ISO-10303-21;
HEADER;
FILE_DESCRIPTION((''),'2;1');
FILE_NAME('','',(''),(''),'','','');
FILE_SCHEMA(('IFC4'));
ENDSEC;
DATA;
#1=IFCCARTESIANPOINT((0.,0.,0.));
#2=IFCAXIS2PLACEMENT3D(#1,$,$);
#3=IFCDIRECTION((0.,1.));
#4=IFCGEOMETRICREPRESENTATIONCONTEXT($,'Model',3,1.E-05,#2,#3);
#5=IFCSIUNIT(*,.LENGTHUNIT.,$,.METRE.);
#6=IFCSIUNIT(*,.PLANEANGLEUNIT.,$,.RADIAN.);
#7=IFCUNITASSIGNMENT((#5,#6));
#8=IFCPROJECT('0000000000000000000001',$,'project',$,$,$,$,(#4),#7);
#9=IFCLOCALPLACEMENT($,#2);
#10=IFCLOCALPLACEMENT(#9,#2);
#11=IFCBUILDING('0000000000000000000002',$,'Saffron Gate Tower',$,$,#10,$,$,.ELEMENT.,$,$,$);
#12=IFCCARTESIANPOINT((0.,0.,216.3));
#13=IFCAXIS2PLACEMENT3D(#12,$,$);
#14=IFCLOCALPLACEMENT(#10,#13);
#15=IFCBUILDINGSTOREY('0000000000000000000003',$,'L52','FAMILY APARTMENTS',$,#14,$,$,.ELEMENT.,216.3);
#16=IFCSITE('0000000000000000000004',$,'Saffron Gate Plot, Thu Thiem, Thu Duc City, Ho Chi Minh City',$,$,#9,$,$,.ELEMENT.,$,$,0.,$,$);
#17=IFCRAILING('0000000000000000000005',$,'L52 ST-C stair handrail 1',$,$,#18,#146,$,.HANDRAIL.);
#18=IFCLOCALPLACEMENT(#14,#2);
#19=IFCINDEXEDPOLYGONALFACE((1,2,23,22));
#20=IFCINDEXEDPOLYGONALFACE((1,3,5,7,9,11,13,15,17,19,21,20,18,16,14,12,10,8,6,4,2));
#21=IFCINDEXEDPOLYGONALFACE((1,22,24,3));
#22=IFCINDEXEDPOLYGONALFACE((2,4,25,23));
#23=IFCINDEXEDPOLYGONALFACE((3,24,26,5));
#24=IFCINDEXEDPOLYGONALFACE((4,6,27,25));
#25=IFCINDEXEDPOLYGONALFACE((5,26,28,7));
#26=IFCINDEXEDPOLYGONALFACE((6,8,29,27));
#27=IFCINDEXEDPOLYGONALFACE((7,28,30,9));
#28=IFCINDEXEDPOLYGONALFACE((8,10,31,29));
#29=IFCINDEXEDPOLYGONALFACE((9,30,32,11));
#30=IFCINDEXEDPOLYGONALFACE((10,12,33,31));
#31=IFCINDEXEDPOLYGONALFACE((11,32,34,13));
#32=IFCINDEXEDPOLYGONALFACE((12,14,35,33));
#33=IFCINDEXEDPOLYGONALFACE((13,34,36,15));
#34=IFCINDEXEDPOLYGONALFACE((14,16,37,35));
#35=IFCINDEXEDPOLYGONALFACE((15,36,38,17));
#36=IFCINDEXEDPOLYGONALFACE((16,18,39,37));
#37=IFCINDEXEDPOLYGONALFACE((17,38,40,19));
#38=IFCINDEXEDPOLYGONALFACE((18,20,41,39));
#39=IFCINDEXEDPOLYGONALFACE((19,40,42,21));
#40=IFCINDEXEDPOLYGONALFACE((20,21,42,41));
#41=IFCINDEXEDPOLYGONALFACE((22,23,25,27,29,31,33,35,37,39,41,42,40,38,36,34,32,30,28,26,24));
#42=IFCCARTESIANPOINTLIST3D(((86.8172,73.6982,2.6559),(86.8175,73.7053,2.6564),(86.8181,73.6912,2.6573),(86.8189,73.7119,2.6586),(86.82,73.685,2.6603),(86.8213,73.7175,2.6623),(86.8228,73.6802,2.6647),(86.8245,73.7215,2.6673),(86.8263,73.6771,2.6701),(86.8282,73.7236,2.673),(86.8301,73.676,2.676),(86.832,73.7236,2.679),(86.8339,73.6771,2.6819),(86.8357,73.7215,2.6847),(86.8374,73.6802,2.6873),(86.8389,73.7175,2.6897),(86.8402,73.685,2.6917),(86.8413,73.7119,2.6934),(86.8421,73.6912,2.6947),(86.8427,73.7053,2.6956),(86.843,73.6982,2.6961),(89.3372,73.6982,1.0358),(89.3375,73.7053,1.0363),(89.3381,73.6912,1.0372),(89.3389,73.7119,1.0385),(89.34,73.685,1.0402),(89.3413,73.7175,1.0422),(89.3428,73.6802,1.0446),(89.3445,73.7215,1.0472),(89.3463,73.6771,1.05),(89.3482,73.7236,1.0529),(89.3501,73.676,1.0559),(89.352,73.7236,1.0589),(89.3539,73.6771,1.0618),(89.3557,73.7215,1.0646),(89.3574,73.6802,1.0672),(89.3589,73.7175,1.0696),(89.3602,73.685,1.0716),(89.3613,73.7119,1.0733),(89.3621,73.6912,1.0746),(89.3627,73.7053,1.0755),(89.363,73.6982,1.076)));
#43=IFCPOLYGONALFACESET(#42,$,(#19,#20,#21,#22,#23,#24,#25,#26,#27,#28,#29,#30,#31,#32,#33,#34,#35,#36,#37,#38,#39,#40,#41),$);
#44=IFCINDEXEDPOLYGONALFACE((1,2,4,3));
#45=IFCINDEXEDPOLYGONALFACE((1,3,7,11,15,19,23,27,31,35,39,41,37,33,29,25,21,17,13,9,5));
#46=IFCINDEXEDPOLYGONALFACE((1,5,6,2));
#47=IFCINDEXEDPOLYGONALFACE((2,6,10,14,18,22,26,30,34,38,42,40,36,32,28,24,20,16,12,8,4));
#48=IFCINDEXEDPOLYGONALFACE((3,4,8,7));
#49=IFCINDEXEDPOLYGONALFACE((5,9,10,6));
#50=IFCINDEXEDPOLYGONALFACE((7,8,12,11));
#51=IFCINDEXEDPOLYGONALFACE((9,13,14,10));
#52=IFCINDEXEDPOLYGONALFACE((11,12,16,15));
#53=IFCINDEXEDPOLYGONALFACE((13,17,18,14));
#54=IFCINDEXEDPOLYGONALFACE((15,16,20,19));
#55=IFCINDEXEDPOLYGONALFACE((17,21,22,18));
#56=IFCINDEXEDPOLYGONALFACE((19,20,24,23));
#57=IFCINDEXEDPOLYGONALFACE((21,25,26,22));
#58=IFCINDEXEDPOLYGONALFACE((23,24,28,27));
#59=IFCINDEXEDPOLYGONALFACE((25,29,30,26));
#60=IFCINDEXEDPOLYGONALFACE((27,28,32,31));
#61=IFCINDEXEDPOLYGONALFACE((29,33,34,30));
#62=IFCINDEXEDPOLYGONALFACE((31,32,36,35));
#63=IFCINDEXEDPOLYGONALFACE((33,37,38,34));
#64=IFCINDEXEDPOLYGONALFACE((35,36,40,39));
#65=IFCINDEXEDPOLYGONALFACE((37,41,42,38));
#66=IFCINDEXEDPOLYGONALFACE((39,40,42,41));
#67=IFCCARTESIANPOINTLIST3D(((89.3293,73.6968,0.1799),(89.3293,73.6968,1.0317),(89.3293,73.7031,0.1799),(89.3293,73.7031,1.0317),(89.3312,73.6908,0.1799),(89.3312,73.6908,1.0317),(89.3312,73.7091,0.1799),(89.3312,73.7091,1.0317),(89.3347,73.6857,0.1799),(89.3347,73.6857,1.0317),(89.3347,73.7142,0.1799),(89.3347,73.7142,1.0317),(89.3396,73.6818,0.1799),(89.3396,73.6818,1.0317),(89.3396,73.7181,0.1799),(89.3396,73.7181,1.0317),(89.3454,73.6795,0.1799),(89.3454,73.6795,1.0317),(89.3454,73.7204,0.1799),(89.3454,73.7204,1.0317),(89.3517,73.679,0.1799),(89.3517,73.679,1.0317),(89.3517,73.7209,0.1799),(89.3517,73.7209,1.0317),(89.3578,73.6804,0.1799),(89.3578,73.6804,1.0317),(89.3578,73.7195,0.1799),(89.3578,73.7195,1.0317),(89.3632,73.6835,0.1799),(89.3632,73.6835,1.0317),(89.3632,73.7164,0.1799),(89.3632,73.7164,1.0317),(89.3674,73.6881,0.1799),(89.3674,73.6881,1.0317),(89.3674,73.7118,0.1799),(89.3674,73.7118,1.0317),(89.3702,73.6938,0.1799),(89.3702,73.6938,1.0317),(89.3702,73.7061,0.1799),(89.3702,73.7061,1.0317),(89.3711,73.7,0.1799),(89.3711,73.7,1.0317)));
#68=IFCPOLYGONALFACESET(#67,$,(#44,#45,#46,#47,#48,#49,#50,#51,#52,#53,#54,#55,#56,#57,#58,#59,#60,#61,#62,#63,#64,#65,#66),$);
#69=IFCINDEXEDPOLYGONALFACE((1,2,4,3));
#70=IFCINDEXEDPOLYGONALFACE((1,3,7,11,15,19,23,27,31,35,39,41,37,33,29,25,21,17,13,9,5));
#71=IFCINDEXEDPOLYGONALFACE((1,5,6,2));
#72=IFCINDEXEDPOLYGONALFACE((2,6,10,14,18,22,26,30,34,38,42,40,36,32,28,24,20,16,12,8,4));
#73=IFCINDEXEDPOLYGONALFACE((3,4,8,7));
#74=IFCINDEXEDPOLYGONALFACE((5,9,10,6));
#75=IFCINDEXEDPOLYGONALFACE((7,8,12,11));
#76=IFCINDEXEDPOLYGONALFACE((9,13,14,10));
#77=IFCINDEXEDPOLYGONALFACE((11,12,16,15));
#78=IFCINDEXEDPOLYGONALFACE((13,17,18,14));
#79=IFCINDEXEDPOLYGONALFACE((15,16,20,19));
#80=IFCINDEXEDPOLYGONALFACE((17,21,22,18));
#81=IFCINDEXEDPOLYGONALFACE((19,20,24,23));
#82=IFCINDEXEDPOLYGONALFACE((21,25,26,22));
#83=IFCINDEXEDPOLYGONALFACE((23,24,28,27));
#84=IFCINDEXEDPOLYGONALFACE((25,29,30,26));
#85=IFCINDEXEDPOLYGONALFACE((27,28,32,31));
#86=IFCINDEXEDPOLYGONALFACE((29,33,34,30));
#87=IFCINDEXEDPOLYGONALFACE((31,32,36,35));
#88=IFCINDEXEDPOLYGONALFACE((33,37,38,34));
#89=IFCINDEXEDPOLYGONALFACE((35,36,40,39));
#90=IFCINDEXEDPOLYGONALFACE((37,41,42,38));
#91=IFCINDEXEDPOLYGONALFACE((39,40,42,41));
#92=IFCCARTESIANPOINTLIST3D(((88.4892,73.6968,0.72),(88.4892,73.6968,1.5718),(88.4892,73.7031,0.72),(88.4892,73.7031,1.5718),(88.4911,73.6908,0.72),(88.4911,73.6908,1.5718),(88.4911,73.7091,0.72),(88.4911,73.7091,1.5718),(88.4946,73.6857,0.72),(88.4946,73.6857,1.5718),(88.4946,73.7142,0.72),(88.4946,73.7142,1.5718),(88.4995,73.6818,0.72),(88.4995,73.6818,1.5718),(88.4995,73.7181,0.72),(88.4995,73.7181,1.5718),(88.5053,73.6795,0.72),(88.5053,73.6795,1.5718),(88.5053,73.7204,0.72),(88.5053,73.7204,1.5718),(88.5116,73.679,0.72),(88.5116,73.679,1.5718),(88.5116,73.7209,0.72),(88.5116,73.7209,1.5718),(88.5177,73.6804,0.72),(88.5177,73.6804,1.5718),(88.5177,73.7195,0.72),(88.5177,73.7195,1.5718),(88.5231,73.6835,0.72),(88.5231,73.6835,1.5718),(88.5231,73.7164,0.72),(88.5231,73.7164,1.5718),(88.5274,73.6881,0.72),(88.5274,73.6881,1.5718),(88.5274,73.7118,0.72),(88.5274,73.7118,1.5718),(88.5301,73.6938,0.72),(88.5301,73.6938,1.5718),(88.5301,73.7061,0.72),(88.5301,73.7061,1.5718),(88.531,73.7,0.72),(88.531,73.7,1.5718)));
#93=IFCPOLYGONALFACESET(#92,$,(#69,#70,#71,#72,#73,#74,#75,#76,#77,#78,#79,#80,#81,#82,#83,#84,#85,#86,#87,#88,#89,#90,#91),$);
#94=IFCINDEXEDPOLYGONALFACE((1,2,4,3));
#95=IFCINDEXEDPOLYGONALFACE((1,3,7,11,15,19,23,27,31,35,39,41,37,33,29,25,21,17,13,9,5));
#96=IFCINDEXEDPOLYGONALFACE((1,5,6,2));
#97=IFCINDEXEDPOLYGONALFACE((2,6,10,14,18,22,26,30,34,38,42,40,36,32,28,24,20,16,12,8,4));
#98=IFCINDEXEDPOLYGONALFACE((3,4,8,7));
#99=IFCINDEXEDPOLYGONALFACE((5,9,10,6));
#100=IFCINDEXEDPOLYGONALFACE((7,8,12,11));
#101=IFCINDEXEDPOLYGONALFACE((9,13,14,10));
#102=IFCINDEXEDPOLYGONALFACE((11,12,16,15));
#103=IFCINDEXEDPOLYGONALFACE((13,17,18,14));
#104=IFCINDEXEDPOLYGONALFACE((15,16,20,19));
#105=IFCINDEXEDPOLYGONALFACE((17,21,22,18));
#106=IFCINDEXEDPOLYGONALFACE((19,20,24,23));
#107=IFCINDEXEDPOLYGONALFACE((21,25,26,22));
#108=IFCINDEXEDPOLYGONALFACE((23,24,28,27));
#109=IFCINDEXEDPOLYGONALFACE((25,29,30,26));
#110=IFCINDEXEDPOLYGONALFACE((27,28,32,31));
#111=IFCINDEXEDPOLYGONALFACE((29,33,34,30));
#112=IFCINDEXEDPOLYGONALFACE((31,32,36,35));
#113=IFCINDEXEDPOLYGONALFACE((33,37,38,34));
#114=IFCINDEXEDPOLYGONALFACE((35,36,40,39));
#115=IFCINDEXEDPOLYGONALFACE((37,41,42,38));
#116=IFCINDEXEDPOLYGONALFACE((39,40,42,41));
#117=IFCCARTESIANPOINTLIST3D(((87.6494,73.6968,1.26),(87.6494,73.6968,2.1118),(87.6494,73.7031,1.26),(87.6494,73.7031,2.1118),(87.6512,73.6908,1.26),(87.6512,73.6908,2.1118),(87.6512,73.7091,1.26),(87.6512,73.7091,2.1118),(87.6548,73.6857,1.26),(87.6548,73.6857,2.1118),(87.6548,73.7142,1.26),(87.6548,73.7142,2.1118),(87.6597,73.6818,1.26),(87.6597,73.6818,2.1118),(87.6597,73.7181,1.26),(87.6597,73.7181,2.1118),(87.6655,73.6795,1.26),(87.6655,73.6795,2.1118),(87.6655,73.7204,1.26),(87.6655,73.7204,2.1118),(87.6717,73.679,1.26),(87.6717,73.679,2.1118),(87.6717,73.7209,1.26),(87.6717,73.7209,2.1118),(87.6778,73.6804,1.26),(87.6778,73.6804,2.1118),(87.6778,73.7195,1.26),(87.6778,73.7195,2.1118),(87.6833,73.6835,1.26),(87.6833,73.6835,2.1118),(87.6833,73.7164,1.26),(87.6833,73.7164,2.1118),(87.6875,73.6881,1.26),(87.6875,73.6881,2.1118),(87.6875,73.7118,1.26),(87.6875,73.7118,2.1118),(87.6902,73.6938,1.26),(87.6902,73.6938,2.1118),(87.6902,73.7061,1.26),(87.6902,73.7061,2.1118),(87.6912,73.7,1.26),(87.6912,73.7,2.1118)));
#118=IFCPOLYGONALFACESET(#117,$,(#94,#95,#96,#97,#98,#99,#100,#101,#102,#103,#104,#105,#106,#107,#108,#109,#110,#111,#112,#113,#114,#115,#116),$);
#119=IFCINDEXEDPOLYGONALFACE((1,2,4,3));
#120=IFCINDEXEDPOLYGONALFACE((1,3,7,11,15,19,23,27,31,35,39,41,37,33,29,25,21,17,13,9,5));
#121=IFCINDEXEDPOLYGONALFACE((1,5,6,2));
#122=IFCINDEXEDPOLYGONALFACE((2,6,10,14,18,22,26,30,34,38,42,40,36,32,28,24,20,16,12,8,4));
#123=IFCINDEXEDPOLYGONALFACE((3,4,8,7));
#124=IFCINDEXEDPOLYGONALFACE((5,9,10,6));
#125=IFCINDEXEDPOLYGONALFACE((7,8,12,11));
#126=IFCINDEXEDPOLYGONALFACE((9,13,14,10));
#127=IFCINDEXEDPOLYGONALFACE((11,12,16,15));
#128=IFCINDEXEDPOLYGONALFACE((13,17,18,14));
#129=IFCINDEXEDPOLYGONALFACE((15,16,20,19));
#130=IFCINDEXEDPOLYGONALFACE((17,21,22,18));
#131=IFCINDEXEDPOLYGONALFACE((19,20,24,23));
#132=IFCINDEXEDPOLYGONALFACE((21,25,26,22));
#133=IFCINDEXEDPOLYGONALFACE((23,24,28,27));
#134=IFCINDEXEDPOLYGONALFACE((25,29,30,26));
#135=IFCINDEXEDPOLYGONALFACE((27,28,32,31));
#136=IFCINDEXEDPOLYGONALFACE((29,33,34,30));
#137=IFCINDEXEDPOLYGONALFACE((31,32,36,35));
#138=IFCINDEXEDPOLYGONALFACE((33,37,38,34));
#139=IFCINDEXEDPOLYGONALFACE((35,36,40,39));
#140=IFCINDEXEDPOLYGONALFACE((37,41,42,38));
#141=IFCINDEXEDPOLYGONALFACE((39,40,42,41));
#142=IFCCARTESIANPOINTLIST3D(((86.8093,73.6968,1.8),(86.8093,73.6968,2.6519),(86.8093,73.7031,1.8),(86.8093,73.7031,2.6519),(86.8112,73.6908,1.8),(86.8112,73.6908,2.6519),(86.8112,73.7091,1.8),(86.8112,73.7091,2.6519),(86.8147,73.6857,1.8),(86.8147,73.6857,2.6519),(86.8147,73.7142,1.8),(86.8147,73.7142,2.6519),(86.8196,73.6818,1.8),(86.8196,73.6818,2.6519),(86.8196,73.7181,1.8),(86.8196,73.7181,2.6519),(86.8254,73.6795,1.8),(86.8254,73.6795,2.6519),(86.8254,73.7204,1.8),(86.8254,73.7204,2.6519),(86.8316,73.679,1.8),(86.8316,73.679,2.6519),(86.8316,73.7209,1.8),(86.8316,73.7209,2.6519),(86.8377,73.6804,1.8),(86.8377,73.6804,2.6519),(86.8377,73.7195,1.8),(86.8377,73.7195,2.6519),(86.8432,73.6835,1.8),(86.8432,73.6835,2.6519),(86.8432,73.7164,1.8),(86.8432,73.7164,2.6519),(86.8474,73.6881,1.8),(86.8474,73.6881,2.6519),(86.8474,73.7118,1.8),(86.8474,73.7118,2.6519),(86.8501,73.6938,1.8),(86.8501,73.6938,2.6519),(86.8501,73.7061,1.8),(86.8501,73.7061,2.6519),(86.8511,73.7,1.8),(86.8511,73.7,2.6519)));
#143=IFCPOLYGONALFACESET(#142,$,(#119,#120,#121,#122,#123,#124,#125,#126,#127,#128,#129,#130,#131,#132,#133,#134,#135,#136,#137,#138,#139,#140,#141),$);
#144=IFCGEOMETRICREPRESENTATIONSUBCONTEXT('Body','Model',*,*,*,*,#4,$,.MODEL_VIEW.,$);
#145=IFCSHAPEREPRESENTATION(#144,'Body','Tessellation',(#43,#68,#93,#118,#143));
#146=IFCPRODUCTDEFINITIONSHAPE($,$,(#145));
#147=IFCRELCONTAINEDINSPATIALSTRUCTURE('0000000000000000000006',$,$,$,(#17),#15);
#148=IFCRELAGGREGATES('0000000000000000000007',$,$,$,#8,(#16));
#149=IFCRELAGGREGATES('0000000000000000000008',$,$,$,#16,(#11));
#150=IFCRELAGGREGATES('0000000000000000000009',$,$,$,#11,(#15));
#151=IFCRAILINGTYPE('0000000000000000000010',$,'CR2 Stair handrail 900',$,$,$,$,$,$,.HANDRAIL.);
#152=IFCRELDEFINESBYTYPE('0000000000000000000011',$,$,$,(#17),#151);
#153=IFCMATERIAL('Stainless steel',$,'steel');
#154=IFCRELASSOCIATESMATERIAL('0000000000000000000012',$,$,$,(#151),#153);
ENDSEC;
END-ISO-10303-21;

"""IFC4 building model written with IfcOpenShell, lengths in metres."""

from ifc_helpers import new_model, si_unit, direction, frame, origin, origin_2d, place, context, subcontext, project, spatial, circle, extrude, material, type_object, element, save


model = new_model("IFC4")

# Units and contexts
model_context = context("Model", 3, precision=1e-05, world=origin(), true_north=direction((0.0, 1.0)))
body_context = subcontext(model_context, "Body", "Model", "MODEL_VIEW")
ifc_project = project(units=[si_unit("LENGTHUNIT", "METRE"), si_unit("PLANEANGLEUNIT", "RADIAN")], contexts=[model_context])

# Site, building, storey
site_placement = place(None, origin())
site = spatial("IfcSite", under=ifc_project, at=site_placement, Name="Saffron Gate Plot, Thu Thiem, Thu Duc City, Ho Chi Minh City", CompositionType="ELEMENT", RefElevation=0.0)
building_placement = place(site_placement, origin())
building = spatial("IfcBuilding", under=site, at=building_placement, Name="Saffron Gate Tower", CompositionType="ELEMENT")
storey_placement = place(building_placement, frame((0.0, 0.0, 216.3)))
storey = spatial("IfcBuildingStorey", under=building, at=storey_placement, Name="L52", Description="FAMILY APARTMENTS", CompositionType="ELEMENT", Elevation=216.3)

# Railing
ifc_material_1 = material(Name="Stainless steel", Category="steel")
railing_type_1 = type_object("IfcRailingType", Name="CR2 Stair handrail 900", PredefinedType="HANDRAIL", material=ifc_material_1)
railing_1_placement = place(storey_placement, frame((89.3501, 73.7, 0.1799)))
element("IfcRailing", 1, at=railing_1_placement, inside=storey, type_object=railing_type_1, Name="L52 ST-C stair handrail 1", PredefinedType="HANDRAIL", context=body_context, shape_type="SweptSolid", body=[
    extrude(circle(Radius=0.0239, at=origin_2d()), frame((0.0, 0.0, 0.876), z_axis=(-0.841163, 0.0, 0.540782), x_axis=(0.0, -1.0, 0.0)), (0.0, 0.0, 1.0), 2.9958),
    extrude(circle(Radius=0.021, at=origin_2d()), origin(), (0.0, 0.0, 1.0), 0.8518),
    extrude(circle(Radius=0.021, at=origin_2d()), frame((-0.8401, 0.0, 0.54)), (0.0, 0.0, 1.0), 0.8518),
    extrude(circle(Radius=0.021, at=origin_2d()), frame((-1.6799, 0.0, 1.0801)), (0.0, 0.0, 1.0), 0.8518),
    extrude(circle(Radius=0.021, at=origin_2d()), frame((-2.52, 0.0, 1.6201)), (0.0, 0.0, 1.0), 0.8518),
])

save(model, "model.ifc")
